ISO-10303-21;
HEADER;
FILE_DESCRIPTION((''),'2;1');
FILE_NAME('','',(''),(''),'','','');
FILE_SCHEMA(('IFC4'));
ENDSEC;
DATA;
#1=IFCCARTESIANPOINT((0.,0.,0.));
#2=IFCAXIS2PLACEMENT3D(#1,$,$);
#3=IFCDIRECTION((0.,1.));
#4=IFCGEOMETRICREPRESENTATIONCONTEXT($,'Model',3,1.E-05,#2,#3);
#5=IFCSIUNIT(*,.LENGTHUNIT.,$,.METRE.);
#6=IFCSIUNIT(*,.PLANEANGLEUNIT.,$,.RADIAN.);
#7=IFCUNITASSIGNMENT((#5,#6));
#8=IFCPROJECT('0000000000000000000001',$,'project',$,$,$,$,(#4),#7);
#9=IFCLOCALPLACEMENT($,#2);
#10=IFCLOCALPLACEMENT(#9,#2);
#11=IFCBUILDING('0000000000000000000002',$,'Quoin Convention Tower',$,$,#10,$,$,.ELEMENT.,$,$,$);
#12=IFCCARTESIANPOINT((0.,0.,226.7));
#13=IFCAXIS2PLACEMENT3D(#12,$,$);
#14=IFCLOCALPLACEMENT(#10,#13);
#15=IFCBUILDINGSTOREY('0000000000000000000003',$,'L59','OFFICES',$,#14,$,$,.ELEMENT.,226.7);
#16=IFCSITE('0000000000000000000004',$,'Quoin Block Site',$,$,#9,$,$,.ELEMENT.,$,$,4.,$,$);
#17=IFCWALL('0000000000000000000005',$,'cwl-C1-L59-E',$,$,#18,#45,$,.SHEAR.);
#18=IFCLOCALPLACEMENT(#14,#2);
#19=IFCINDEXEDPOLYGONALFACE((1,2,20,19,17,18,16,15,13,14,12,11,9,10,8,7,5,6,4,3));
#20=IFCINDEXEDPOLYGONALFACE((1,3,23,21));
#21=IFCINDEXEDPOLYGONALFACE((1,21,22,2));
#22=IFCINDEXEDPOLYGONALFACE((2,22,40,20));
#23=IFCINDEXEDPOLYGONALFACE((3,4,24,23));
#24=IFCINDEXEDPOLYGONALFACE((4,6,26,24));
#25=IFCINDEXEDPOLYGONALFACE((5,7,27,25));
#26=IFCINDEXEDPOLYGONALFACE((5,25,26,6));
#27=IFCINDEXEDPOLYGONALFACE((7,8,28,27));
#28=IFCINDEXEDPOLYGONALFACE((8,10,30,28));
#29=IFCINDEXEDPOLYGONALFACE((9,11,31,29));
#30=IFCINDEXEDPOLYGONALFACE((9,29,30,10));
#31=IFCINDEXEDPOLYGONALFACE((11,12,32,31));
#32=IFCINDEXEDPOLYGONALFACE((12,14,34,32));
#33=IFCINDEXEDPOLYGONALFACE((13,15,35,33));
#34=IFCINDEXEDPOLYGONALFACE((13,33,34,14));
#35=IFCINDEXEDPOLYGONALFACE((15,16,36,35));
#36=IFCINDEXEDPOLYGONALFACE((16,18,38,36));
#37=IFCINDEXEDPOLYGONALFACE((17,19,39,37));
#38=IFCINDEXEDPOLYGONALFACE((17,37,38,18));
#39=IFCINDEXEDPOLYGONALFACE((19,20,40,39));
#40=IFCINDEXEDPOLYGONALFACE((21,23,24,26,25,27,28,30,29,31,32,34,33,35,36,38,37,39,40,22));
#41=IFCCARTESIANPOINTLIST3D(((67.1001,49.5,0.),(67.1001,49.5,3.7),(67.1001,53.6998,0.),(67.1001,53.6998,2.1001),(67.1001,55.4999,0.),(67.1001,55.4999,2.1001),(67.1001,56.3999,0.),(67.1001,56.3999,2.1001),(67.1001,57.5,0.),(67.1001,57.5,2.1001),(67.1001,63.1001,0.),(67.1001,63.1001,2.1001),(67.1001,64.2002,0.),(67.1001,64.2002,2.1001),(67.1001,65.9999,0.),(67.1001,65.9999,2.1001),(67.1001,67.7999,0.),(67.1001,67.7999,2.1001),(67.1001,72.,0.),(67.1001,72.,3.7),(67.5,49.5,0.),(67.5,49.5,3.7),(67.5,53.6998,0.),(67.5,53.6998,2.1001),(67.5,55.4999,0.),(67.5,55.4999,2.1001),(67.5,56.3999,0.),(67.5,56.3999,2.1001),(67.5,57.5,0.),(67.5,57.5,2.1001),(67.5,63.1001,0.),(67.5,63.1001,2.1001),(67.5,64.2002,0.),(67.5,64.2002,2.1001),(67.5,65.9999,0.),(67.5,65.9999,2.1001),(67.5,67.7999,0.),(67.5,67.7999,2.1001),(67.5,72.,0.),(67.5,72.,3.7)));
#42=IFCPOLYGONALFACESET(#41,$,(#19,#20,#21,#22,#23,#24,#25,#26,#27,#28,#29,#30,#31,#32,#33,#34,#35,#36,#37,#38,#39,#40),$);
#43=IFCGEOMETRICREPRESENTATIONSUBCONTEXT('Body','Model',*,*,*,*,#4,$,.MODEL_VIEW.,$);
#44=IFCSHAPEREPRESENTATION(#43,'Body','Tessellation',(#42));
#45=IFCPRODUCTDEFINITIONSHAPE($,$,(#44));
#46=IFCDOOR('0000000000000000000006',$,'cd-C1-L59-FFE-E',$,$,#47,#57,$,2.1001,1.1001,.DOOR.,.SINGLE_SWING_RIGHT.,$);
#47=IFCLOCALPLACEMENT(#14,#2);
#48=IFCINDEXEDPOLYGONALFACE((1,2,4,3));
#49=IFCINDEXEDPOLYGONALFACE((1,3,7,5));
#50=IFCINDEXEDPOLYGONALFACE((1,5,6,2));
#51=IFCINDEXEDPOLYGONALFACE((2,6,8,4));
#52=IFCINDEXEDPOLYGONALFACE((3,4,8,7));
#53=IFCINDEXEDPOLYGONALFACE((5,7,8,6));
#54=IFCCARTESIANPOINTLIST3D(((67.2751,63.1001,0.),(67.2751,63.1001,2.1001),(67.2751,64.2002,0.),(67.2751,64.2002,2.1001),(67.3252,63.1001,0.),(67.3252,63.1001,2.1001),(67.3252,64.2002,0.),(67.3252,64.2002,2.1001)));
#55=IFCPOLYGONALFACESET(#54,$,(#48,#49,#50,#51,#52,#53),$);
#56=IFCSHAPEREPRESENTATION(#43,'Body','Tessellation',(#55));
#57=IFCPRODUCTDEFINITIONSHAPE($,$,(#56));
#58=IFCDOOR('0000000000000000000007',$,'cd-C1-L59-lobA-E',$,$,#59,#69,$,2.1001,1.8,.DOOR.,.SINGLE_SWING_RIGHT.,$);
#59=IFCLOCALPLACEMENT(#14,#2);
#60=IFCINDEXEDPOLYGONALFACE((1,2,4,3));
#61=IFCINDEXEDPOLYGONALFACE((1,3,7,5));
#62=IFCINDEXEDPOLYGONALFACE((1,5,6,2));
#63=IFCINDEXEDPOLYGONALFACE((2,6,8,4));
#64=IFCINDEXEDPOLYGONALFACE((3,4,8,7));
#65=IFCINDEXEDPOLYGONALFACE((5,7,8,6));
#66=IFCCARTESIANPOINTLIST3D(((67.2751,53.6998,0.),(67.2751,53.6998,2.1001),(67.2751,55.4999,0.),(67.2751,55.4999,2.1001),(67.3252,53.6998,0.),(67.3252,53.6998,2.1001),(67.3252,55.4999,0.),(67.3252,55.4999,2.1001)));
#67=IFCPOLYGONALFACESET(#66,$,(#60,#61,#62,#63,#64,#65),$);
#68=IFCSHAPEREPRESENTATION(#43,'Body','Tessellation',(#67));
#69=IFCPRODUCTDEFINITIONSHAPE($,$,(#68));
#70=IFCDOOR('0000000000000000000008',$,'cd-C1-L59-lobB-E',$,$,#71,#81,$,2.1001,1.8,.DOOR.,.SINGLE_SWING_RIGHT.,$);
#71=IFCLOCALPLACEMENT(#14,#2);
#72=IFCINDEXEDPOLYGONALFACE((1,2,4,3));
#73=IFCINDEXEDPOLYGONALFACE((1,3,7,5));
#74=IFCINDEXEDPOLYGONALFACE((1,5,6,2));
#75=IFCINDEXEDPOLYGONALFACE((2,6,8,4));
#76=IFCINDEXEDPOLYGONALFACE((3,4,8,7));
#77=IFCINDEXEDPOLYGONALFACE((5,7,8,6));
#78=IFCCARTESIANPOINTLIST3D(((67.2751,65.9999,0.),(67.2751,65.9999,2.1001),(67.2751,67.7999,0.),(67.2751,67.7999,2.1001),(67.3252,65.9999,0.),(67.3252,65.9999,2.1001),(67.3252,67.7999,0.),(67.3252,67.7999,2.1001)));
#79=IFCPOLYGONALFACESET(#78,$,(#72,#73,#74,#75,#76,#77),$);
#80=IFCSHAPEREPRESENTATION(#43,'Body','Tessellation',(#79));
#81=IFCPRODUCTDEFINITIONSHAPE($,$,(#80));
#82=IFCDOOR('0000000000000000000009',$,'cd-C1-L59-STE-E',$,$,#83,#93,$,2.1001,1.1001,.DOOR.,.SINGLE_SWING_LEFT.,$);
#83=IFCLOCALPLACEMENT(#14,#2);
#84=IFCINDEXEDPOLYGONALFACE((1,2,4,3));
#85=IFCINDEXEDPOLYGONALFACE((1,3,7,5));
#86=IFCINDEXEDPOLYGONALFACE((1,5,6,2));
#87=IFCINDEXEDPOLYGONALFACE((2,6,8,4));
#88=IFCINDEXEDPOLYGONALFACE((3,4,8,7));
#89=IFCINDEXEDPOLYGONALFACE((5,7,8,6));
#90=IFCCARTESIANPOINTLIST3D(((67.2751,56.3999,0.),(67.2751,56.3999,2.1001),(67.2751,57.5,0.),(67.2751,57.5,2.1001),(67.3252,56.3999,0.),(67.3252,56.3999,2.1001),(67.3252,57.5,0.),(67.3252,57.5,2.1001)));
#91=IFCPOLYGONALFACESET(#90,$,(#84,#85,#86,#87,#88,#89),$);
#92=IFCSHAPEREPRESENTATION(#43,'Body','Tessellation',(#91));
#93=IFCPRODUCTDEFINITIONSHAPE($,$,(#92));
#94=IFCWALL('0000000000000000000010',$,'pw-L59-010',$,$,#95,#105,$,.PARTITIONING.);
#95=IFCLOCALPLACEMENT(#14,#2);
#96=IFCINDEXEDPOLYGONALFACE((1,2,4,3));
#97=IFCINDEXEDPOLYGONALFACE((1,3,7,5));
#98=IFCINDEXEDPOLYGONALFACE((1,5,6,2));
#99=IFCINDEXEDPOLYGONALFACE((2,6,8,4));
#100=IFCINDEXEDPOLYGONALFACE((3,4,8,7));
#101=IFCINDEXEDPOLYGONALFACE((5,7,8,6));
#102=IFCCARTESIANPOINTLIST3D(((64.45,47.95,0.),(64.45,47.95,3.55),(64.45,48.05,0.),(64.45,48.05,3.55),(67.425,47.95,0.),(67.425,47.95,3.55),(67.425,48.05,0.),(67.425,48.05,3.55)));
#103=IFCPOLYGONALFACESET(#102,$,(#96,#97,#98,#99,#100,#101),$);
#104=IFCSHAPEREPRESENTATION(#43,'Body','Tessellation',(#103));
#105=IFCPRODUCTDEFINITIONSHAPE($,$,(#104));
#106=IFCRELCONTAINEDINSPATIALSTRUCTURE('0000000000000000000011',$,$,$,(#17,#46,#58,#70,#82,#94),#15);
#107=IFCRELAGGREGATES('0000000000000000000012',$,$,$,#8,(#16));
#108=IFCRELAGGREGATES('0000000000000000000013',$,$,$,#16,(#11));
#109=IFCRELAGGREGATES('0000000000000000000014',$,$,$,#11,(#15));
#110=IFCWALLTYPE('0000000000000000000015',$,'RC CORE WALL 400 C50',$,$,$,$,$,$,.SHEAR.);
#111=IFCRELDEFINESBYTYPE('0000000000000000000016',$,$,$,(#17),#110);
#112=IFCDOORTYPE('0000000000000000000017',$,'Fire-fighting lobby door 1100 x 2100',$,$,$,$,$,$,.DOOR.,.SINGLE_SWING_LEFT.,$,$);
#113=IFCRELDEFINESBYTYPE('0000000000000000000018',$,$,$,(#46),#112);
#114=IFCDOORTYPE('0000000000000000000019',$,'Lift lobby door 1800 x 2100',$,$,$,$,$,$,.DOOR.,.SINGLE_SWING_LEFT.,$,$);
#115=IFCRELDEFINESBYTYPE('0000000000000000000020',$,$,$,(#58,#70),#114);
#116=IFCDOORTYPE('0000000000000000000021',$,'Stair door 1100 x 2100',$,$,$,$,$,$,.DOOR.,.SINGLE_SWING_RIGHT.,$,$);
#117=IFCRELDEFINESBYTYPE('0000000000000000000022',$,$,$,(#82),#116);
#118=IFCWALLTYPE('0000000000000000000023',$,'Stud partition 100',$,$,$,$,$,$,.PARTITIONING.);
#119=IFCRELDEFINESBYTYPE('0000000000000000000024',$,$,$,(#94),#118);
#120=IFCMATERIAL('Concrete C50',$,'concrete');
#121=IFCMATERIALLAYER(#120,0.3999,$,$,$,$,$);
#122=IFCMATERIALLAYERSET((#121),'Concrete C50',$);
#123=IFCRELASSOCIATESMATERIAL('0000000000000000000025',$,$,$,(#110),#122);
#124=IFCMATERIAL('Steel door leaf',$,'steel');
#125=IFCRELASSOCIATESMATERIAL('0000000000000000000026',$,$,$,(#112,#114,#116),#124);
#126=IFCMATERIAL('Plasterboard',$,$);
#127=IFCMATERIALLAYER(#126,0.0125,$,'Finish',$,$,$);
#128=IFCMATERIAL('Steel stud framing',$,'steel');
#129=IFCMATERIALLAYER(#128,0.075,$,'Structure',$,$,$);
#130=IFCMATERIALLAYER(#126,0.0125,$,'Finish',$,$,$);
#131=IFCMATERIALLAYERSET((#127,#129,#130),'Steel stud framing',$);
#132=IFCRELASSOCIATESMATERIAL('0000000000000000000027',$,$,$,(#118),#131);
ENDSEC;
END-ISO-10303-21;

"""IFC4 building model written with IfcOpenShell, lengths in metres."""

from ifc_helpers import new_model, si_unit, direction, frame, frame_2d, origin, place, context, subcontext, project, spatial, rectangle, extrude, material, layer, layer_set, type_object, element, fill, save


model = new_model("IFC4")

# Units and contexts
model_context = context("Model", 3, precision=1e-05, world=origin(), true_north=direction((0.0, 1.0)))
body_context = subcontext(model_context, "Body", "Model", "MODEL_VIEW")
ifc_project = project(units=[si_unit("LENGTHUNIT", "METRE"), si_unit("PLANEANGLEUNIT", "RADIAN")], contexts=[model_context])

# Site, building, storey
site_placement = place(None, origin())
site = spatial("IfcSite", under=ifc_project, at=site_placement, Name="Quoin Block Site", CompositionType="ELEMENT", RefElevation=4.0)
building_placement = place(site_placement, origin())
building = spatial("IfcBuilding", under=site, at=building_placement, Name="Quoin Convention Tower", CompositionType="ELEMENT")
storey_placement = place(building_placement, frame((0.0, 0.0, 226.7)))
storey = spatial("IfcBuildingStorey", under=building, at=storey_placement, Name="L59", Description="OFFICES", CompositionType="ELEMENT", Elevation=226.7)

# Shared definitions
ifc_material_1 = material(Name="Concrete C50", Category="concrete")

# Shared definitions
ifc_material_2 = material(Name="Plasterboard")
ifc_material_3 = material(Name="Steel stud framing", Category="steel")
ifc_material_4 = material(Name="Steel door leaf", Category="steel")

# Wall, openings, doors
ifc_layer_1 = layer(ifc_material_1, 0.3999)
ifc_layer_set_1 = layer_set([ifc_layer_1], Name="Concrete C50")
wall_type_1 = type_object("IfcWallType", Name="RC CORE WALL 400 C50", PredefinedType="SHEAR", material=ifc_layer_set_1)
wall_1_placement = place(storey_placement, frame((67.3, 49.5, 0.0), z_axis=(0.0, 0.0, 1.0), x_axis=(0.0, 1.0, 0.0)))
wall_1 = element("IfcWall", 1, at=wall_1_placement, inside=storey, type_object=wall_type_1, Name="cwl-C1-L59-E", PredefinedType="SHEAR", context=body_context, shape_type="SweptSolid", body=[
    extrude(rectangle(XDim=22.5, YDim=0.3999, at=frame_2d((11.25, 0.0))), origin(), (0.0, 0.0, 1.0), 3.7),
])
opening_1_placement = place(wall_1_placement, frame((4.2, 0.0, 0.0)))
opening_1 = element("IfcOpeningElement", 2, at=opening_1_placement, cuts=wall_1, PredefinedType="OPENING", context=body_context, shape_type="SweptSolid", body=[
    extrude(rectangle(XDim=1.8, YDim=2.1001, at=frame_2d((0.8999, 1.05))), frame((0.0, 0.21, 0.0), z_axis=(0.0, -1.0, 0.0), x_axis=(1.0, 0.0, 0.0)), (0.0, 0.0, 1.0), 0.4199),
])
opening_2_placement = place(wall_1_placement, frame((6.8999, 0.0, 0.0)))
opening_2 = element("IfcOpeningElement", 3, at=opening_2_placement, cuts=wall_1, PredefinedType="OPENING", context=body_context, shape_type="SweptSolid", body=[
    extrude(rectangle(XDim=1.1001, YDim=2.1001, at=frame_2d((0.55, 1.05))), frame((0.0, 0.21, 0.0), z_axis=(0.0, -1.0, 0.0), x_axis=(1.0, 0.0, 0.0)), (0.0, 0.0, 1.0), 0.4199),
])
opening_3_placement = place(wall_1_placement, frame((13.6001, 0.0, 0.0)))
opening_3 = element("IfcOpeningElement", 4, at=opening_3_placement, cuts=wall_1, PredefinedType="OPENING", context=body_context, shape_type="SweptSolid", body=[
    extrude(rectangle(XDim=1.1001, YDim=2.1001, at=frame_2d((0.55, 1.05))), frame((0.0, 0.21, 0.0), z_axis=(0.0, -1.0, 0.0), x_axis=(1.0, 0.0, 0.0)), (0.0, 0.0, 1.0), 0.4199),
])
opening_4_placement = place(wall_1_placement, frame((16.5, 0.0, 0.0)))
opening_4 = element("IfcOpeningElement", 5, at=opening_4_placement, cuts=wall_1, PredefinedType="OPENING", context=body_context, shape_type="SweptSolid", body=[
    extrude(rectangle(XDim=1.8, YDim=2.1001, at=frame_2d((0.8999, 1.05))), frame((0.0, 0.21, 0.0), z_axis=(0.0, -1.0, 0.0), x_axis=(1.0, 0.0, 0.0)), (0.0, 0.0, 1.0), 0.4199),
])
door_type_1 = type_object("IfcDoorType", Name="Fire-fighting lobby door 1100 x 2100", OperationType="SINGLE_SWING_LEFT", PredefinedType="DOOR", material=ifc_material_4)
door_1_placement = place(opening_3_placement, origin())
door_1 = element("IfcDoor", 6, at=door_1_placement, inside=storey, type_object=door_type_1, Name="cd-C1-L59-FFE-E", OperationType="SINGLE_SWING_RIGHT", OverallHeight=2.1001, OverallWidth=1.1001, PredefinedType="DOOR", context=body_context, shape_type="SweptSolid", body=[
    extrude(rectangle(XDim=1.1001, YDim=2.1001, at=frame_2d((0.55, 1.05))), frame((0.0, 0.0249, 0.0), z_axis=(0.0, -1.0, 0.0), x_axis=(1.0, 0.0, 0.0)), (0.0, 0.0, 1.0), 0.05),
])
fill(opening_3, door_1)
door_type_2 = type_object("IfcDoorType", Name="Lift lobby door 1800 x 2100", OperationType="SINGLE_SWING_LEFT", PredefinedType="DOOR", material=ifc_material_4)
door_2_placement = place(opening_1_placement, origin())
door_2 = element("IfcDoor", 7, at=door_2_placement, inside=storey, type_object=door_type_2, Name="cd-C1-L59-lobA-E", OperationType="SINGLE_SWING_RIGHT", OverallHeight=2.1001, OverallWidth=1.8, PredefinedType="DOOR", context=body_context, shape_type="SweptSolid", body=[
    extrude(rectangle(XDim=1.8, YDim=2.1001, at=frame_2d((0.8999, 1.05))), frame((0.0, 0.0249, 0.0), z_axis=(0.0, -1.0, 0.0), x_axis=(1.0, 0.0, 0.0)), (0.0, 0.0, 1.0), 0.05),
])
fill(opening_1, door_2)
door_3_placement = place(opening_4_placement, origin())
door_3 = element("IfcDoor", 8, at=door_3_placement, inside=storey, type_object=door_type_2, Name="cd-C1-L59-lobB-E", OperationType="SINGLE_SWING_RIGHT", OverallHeight=2.1001, OverallWidth=1.8, PredefinedType="DOOR", context=body_context, shape_type="SweptSolid", body=[
    extrude(rectangle(XDim=1.8, YDim=2.1001, at=frame_2d((0.8999, 1.05))), frame((0.0, 0.0249, 0.0), z_axis=(0.0, -1.0, 0.0), x_axis=(1.0, 0.0, 0.0)), (0.0, 0.0, 1.0), 0.05),
])
fill(opening_4, door_3)
door_type_3 = type_object("IfcDoorType", Name="Stair door 1100 x 2100", OperationType="SINGLE_SWING_RIGHT", PredefinedType="DOOR", material=ifc_material_4)
door_4_placement = place(opening_2_placement, origin())
door_4 = element("IfcDoor", 9, at=door_4_placement, inside=storey, type_object=door_type_3, Name="cd-C1-L59-STE-E", OperationType="SINGLE_SWING_LEFT", OverallHeight=2.1001, OverallWidth=1.1001, PredefinedType="DOOR", context=body_context, shape_type="SweptSolid", body=[
    extrude(rectangle(XDim=1.1001, YDim=2.1001, at=frame_2d((0.55, 1.05))), frame((0.0, 0.0249, 0.0), z_axis=(0.0, -1.0, 0.0), x_axis=(1.0, 0.0, 0.0)), (0.0, 0.0, 1.0), 0.05),
])
fill(opening_2, door_4)

# Wall
ifc_layer_2 = layer(ifc_material_2, 0.0125, Name="Finish")
ifc_layer_3 = layer(ifc_material_3, 0.075, Name="Structure")
ifc_layer_4 = layer(ifc_material_2, 0.0125, Name="Finish")
ifc_layer_set_2 = layer_set([ifc_layer_2, ifc_layer_3, ifc_layer_4], Name="Steel stud framing")
wall_type_2 = type_object("IfcWallType", Name="Stud partition 100", PredefinedType="PARTITIONING", material=ifc_layer_set_2)
wall_2_placement = place(storey_placement, frame((64.45, 48.0, 0.0), z_axis=(0.0, 0.0, 1.0), x_axis=(1.0, 0.0, 0.0)))
element("IfcWall", 10, at=wall_2_placement, inside=storey, type_object=wall_type_2, Name="pw-L59-010", PredefinedType="PARTITIONING", context=body_context, shape_type="SweptSolid", body=[
    extrude(rectangle(XDim=2.9751, YDim=0.1001, at=frame_2d((1.4875, 0.0))), origin(), (0.0, 0.0, 1.0), 3.55),
])

save(model, "model.ifc")
